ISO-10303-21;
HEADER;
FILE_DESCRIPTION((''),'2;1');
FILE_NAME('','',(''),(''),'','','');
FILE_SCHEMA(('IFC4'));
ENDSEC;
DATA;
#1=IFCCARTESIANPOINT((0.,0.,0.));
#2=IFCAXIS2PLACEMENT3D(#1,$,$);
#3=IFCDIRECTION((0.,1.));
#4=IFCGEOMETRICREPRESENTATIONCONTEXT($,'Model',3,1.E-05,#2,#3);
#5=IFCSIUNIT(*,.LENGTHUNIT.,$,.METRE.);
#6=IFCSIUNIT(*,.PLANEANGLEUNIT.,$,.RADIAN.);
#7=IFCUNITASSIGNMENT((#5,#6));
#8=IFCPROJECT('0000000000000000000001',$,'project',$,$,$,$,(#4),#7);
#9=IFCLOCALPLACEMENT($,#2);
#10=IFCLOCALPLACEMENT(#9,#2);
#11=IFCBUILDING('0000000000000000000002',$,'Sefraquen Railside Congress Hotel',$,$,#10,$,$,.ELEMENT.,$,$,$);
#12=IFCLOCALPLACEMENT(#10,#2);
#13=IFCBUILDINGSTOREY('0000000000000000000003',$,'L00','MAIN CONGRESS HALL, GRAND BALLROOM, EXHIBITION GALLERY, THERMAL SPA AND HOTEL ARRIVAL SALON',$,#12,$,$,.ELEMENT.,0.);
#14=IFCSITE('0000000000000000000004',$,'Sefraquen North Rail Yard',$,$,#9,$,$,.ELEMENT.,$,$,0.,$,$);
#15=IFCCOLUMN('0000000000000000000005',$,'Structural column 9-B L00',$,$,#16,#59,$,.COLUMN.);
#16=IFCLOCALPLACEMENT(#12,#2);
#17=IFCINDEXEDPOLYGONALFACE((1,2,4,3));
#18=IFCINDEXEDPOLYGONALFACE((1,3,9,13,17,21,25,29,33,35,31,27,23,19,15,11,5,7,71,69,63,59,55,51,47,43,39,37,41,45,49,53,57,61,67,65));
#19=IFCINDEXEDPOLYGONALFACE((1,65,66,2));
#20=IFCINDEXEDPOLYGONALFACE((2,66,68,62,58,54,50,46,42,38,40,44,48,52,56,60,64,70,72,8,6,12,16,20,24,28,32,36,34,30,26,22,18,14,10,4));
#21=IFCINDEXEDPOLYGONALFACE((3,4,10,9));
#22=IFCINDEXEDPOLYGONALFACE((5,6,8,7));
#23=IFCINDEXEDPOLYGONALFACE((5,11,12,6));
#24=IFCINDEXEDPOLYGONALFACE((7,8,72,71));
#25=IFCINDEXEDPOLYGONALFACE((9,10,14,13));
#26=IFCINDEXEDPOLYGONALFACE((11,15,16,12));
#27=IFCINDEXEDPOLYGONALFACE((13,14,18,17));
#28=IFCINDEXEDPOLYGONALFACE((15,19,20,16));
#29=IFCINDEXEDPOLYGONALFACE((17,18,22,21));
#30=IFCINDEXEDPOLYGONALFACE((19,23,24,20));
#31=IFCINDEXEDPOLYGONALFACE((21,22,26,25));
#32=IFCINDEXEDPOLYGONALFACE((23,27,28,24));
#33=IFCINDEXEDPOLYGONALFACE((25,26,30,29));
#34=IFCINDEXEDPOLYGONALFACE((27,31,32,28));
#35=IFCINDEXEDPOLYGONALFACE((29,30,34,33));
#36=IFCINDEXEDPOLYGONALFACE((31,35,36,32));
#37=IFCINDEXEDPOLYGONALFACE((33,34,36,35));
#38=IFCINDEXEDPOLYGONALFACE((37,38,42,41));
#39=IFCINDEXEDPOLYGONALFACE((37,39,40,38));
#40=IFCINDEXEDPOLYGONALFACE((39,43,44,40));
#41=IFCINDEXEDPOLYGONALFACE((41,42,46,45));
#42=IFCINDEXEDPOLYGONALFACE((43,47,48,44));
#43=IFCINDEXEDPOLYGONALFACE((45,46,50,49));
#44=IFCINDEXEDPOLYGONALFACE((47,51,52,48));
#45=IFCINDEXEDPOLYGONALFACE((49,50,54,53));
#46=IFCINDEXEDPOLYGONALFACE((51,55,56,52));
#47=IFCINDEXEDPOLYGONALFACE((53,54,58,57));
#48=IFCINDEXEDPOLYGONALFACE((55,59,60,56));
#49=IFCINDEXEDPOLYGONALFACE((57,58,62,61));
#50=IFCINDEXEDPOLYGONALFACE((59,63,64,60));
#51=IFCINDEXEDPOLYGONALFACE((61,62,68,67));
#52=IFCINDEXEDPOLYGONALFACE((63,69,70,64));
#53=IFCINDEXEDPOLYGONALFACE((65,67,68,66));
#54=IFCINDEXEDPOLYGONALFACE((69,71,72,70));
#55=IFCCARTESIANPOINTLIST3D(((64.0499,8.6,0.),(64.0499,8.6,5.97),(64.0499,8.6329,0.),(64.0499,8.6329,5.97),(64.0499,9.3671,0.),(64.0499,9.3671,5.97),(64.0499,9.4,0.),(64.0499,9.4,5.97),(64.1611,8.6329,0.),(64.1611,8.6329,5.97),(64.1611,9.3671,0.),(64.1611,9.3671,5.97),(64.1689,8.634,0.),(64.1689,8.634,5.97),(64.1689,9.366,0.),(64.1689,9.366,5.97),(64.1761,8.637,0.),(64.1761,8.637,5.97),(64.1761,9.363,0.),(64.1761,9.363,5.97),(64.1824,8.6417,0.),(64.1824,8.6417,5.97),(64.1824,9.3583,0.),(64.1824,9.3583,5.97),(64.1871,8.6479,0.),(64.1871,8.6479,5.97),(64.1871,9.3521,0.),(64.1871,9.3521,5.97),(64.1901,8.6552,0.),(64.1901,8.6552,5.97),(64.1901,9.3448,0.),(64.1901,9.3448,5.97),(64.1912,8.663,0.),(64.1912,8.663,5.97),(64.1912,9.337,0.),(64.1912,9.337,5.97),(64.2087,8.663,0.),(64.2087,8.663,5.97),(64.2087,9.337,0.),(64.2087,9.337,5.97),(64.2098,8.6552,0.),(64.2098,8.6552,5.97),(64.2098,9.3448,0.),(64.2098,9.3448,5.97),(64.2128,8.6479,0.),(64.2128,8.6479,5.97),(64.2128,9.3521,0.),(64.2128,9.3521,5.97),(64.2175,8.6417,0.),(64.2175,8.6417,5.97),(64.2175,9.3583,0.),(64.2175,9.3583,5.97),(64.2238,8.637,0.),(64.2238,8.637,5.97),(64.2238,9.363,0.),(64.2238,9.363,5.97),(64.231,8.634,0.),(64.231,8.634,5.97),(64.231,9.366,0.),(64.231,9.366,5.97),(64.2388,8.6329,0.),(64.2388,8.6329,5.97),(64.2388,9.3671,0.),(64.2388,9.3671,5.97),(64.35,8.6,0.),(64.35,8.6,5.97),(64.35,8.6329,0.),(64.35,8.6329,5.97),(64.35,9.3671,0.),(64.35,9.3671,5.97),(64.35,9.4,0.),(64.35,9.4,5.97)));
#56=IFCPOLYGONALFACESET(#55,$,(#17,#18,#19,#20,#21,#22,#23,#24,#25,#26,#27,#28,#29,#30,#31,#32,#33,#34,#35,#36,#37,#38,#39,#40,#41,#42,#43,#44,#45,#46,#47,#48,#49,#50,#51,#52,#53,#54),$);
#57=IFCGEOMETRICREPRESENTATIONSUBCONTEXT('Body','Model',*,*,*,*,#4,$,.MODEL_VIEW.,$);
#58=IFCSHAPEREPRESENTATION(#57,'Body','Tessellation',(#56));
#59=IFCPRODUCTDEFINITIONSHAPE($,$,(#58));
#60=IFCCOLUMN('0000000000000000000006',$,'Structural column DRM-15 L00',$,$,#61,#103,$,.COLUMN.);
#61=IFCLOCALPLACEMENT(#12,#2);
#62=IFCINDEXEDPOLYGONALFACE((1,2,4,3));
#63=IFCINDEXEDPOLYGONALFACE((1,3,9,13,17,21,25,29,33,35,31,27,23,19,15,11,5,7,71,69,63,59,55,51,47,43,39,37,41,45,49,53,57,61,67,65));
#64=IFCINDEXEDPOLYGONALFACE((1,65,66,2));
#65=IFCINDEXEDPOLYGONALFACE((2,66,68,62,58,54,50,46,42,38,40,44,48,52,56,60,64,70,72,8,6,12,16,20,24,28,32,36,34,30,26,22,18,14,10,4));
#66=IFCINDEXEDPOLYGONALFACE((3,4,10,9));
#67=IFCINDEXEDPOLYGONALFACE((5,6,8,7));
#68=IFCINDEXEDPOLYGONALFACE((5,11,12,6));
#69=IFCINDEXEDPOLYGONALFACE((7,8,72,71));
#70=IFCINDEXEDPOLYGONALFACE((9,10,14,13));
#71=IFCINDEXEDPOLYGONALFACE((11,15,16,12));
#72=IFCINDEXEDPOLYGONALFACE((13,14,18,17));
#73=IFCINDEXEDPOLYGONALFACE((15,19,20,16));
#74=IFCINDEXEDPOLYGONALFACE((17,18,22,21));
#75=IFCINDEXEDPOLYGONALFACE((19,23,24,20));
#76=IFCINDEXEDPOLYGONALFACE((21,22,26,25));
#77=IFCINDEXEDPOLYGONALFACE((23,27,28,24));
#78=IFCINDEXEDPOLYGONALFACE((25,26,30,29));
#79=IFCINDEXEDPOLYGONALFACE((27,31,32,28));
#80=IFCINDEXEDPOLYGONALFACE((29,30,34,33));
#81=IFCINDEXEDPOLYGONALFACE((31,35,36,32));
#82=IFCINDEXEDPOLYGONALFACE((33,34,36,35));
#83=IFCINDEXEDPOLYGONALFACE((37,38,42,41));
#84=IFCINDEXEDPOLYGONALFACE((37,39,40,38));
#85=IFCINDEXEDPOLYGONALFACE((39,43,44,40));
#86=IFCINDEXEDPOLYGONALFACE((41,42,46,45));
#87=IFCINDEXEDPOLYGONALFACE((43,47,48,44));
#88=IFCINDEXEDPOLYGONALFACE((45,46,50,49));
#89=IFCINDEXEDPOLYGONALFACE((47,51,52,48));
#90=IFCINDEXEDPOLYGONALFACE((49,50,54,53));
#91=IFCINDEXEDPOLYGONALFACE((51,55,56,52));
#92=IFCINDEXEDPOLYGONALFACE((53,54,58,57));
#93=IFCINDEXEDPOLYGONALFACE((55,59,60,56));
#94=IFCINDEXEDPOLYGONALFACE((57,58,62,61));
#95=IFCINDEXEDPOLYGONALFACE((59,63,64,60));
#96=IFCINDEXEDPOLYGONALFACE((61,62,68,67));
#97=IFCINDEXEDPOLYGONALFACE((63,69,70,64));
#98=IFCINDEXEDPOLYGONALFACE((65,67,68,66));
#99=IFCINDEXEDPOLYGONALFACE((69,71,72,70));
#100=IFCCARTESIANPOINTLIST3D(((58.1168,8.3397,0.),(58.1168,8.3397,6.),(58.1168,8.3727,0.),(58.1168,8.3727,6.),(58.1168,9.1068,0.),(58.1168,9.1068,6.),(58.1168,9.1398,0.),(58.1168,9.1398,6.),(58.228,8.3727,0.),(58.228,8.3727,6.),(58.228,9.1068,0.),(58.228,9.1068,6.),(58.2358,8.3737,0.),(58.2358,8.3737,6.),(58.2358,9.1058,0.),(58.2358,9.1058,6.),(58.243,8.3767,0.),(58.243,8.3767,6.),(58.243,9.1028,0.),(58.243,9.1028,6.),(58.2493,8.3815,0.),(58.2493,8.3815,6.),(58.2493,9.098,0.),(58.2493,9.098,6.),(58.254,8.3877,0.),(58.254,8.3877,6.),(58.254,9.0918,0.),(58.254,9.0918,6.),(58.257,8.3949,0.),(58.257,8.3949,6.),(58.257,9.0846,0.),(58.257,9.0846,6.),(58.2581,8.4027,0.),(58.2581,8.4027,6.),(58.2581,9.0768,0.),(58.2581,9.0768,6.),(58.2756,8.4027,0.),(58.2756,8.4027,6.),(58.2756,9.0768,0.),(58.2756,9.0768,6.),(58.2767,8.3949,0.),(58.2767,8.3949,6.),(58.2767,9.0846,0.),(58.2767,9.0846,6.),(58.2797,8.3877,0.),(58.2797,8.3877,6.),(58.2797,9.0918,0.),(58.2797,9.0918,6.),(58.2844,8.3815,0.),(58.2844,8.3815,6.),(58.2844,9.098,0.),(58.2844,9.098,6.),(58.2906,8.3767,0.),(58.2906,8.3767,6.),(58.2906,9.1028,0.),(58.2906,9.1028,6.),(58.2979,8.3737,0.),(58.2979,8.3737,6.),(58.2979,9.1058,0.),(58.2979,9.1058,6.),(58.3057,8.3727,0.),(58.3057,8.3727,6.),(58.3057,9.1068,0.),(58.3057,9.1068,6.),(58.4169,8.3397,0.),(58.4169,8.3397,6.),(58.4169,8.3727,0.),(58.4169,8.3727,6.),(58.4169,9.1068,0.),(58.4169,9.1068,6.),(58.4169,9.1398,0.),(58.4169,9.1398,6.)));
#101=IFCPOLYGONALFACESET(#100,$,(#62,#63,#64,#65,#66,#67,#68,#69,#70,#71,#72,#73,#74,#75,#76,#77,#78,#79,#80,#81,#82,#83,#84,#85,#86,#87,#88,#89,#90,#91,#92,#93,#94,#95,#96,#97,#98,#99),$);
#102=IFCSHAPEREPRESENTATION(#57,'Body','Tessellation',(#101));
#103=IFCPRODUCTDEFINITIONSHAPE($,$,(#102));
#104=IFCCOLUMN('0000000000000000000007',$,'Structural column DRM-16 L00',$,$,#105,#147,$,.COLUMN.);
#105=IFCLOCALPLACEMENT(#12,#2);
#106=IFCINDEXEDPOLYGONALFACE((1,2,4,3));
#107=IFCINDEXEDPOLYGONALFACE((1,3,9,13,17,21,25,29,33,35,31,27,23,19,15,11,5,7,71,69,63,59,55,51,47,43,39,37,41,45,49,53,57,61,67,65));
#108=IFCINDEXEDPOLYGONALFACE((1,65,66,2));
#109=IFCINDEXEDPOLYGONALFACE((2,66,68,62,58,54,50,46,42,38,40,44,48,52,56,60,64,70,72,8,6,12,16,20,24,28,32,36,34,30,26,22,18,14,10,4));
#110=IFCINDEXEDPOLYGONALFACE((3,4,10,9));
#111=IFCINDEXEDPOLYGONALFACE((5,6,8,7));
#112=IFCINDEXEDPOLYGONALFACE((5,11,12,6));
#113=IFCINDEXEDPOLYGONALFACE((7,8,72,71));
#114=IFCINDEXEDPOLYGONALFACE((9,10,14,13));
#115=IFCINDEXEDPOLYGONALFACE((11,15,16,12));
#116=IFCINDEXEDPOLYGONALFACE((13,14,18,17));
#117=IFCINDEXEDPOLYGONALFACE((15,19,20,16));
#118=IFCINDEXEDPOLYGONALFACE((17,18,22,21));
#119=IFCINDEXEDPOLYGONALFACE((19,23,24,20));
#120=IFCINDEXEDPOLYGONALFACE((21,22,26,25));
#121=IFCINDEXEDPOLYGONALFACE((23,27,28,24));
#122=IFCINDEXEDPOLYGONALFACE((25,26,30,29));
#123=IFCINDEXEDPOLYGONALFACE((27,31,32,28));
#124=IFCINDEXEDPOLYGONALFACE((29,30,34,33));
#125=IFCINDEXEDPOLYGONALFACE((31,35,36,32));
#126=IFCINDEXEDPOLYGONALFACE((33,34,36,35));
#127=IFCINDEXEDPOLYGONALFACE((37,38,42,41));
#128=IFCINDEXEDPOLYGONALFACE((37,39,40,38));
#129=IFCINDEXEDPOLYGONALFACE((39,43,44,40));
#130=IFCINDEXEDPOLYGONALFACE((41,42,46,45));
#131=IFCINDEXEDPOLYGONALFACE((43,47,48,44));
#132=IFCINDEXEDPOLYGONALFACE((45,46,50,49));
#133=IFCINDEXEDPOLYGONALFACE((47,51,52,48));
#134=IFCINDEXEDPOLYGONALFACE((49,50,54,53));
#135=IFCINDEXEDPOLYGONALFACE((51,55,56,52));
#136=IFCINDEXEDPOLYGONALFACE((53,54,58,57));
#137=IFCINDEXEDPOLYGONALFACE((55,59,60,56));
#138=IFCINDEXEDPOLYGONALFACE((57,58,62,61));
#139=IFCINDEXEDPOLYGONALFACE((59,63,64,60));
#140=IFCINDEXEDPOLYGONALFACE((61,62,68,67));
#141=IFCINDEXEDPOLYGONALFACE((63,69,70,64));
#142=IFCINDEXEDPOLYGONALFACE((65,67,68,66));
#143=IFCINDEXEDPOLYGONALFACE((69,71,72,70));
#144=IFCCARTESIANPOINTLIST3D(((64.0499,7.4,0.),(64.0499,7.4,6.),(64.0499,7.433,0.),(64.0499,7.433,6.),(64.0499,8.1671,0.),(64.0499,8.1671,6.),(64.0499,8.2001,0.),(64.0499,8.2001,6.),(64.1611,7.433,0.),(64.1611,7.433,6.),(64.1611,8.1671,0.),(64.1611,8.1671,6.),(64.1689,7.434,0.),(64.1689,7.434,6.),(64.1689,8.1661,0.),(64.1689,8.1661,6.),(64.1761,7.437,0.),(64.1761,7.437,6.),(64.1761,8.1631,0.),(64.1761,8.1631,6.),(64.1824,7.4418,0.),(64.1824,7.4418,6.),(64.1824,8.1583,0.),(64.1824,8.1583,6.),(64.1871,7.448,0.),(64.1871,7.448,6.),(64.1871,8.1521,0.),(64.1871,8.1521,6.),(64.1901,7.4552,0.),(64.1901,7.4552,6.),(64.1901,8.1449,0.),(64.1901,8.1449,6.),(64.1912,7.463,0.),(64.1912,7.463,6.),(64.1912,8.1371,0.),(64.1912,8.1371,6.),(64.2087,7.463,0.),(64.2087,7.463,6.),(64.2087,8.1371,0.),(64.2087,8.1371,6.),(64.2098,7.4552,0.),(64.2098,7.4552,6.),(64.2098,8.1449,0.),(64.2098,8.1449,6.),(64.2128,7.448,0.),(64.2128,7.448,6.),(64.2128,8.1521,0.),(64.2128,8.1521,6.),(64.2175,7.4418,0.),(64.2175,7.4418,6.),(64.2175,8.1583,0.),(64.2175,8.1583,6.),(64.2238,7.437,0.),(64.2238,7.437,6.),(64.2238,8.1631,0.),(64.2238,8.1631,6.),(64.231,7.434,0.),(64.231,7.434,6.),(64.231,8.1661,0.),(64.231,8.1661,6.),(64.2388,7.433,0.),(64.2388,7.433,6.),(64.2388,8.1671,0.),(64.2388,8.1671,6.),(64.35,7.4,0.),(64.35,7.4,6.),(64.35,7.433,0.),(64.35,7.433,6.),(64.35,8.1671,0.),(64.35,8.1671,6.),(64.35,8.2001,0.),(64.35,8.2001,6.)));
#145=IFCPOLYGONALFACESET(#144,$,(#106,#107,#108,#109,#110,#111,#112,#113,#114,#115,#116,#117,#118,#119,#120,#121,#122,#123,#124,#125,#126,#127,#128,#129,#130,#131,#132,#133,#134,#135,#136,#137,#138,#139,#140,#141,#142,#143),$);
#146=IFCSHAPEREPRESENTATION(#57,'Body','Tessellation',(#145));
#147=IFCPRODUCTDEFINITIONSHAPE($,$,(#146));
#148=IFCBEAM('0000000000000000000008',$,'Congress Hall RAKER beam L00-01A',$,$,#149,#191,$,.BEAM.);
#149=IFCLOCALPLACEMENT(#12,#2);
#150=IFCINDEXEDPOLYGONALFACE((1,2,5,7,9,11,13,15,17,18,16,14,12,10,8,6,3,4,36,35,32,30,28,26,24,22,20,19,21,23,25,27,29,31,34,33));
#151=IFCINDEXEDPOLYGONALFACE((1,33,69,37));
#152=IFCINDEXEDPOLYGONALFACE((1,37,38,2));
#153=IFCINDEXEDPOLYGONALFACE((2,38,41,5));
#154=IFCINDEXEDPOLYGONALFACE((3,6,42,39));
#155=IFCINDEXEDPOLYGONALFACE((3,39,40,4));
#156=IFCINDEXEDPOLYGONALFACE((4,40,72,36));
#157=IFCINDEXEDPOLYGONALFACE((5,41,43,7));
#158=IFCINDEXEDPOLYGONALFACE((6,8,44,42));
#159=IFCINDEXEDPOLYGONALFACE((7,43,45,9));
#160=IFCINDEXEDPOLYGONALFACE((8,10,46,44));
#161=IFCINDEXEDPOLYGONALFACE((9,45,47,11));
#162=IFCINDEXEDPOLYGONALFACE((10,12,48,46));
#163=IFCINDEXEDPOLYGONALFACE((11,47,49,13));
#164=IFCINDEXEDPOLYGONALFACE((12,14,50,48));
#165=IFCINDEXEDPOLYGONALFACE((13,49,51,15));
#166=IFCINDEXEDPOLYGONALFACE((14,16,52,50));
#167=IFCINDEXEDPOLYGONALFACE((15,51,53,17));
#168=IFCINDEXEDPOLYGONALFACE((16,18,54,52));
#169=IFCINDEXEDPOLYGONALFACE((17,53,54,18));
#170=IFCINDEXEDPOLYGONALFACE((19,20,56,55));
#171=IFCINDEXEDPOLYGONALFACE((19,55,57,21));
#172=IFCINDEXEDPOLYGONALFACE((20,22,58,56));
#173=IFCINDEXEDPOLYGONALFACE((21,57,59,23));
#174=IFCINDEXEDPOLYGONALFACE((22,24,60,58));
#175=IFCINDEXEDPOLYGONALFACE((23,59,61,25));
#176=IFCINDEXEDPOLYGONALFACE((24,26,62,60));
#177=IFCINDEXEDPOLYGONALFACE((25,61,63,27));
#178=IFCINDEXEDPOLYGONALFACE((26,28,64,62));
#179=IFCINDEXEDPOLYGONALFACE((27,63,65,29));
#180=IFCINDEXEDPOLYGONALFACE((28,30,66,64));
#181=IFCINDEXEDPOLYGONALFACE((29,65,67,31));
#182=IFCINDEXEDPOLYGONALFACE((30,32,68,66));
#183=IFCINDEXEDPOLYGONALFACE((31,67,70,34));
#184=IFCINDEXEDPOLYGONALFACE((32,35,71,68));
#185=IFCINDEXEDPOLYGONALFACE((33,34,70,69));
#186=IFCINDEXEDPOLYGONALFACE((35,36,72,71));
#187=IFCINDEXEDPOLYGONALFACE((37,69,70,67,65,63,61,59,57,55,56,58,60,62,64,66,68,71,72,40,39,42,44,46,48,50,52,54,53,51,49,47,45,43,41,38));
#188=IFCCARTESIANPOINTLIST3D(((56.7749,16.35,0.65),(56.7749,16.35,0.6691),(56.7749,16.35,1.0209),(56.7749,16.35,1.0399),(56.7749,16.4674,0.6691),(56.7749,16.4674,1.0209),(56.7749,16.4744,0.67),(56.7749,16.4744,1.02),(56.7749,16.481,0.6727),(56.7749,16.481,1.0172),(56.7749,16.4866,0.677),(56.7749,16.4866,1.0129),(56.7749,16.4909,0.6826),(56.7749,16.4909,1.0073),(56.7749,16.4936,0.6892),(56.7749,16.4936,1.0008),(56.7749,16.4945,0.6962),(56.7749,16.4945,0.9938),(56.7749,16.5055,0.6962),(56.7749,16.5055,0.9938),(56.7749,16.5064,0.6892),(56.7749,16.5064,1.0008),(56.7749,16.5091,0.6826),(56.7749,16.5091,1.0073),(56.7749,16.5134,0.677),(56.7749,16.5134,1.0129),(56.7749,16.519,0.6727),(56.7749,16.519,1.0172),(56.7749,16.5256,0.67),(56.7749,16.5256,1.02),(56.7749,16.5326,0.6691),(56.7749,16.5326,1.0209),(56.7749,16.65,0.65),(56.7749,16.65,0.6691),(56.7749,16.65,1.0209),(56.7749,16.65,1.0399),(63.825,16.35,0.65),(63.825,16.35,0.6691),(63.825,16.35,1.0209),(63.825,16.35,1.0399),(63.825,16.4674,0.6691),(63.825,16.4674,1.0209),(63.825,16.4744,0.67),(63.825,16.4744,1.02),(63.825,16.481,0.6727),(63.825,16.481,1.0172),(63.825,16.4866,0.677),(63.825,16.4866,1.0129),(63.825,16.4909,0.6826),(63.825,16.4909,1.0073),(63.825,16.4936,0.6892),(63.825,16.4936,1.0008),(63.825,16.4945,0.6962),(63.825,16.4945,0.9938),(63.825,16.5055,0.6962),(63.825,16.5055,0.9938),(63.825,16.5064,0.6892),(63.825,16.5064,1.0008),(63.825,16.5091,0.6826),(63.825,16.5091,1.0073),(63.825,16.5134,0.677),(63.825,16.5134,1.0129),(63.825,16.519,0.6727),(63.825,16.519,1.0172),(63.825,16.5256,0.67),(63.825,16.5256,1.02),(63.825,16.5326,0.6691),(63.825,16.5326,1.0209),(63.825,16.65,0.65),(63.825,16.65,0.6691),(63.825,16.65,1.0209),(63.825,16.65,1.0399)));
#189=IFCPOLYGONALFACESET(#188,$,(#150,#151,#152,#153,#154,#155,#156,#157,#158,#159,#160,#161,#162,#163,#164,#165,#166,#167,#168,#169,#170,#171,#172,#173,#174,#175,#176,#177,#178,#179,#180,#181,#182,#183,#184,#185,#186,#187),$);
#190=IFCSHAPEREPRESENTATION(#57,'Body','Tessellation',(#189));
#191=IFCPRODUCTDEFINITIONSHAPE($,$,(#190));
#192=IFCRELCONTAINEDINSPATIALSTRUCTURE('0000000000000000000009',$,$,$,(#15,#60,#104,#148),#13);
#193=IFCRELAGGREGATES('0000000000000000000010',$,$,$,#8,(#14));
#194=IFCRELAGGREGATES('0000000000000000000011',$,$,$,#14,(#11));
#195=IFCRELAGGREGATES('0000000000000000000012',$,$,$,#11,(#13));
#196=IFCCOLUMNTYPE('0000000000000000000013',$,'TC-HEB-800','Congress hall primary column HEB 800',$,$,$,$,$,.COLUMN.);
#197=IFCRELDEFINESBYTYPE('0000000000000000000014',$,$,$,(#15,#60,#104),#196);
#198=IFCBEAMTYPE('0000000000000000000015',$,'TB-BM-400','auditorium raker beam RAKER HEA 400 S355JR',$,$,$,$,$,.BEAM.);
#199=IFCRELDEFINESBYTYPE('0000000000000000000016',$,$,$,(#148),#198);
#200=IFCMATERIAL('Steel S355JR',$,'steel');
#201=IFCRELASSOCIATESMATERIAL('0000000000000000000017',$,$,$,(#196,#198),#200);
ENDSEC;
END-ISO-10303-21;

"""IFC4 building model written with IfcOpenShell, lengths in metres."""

from ifc_helpers import new_model, si_unit, direction, frame, origin, origin_2d, place, context, subcontext, project, spatial, i_section, extrude, material, material_profile, profile_set, type_object, element, save


model = new_model("IFC4")

# Units and contexts
model_context = context("Model", 3, precision=1e-05, world=origin(), true_north=direction((0.0, 1.0)))
body_context = subcontext(model_context, "Body", "Model", "MODEL_VIEW")
ifc_project = project(units=[si_unit("LENGTHUNIT", "METRE"), si_unit("PLANEANGLEUNIT", "RADIAN")], contexts=[model_context])

# Site, building, storey
site_placement = place(None, origin())
site = spatial("IfcSite", under=ifc_project, at=site_placement, Name="Sefraquen North Rail Yard", CompositionType="ELEMENT", RefElevation=0.0)
building_placement = place(site_placement, origin())
building = spatial("IfcBuilding", under=site, at=building_placement, Name="Sefraquen Railside Congress Hotel", CompositionType="ELEMENT")
storey_placement = place(building_placement, origin())
storey = spatial("IfcBuildingStorey", under=building, at=storey_placement, Name="L00", Description="MAIN CONGRESS HALL, GRAND BALLROOM, EXHIBITION GALLERY, THERMAL SPA AND HOTEL ARRIVAL SALON", CompositionType="ELEMENT", Elevation=0.0)

# Columns
ifc_material_1 = material(Name="Steel S355JR", Category="steel")
ifc_material_profile_1 = material_profile(ifc_material_1, i_section(OverallWidth=0.3, OverallDepth=0.8, WebThickness=0.0176, FlangeThickness=0.033, FilletRadius=0.03, at=origin_2d()), Name="HEB 800")
ifc_profile_set_1 = profile_set([ifc_material_profile_1], Name="Steel S355JR")
column_type = type_object("IfcColumnType", Name="TC-HEB-800", Description="Congress hall primary column HEB 800", PredefinedType="COLUMN", material=ifc_profile_set_1)
column_placement = place(storey_placement, frame((64.2, 9.0, 0.0), z_axis=(0.0, 0.0, 1.0), x_axis=(1.0, 0.0, 0.0)))
element("IfcColumn", 1, at=column_placement, inside=storey, type_object=column_type, Name="Structural column 9-B L00", PredefinedType="COLUMN", context=body_context, shape_type="SweptSolid", body=[
    extrude(i_section(OverallWidth=0.3, OverallDepth=0.8, WebThickness=0.0176, FlangeThickness=0.033, FilletRadius=0.03, at=origin_2d()), origin(), (0.0, 0.0, 1.0), 5.97),
])
for number, where, z_axis, x_axis, name in (
    (2, (58.2668, 8.7397, 0.0), (0.0, 0.0, 1.0), (1.0, 0.0, 0.0), "Structural column DRM-15 L00"),
    (3, (64.2, 7.8, 0.0), (0.0, 0.0, 1.0), (1.0, 0.0, 0.0), "Structural column DRM-16 L00"),
):
    element("IfcColumn", number, at=place(storey_placement, frame(where, z_axis=z_axis, x_axis=x_axis)), inside=storey, type_object=column_type, Name=name, PredefinedType="COLUMN", context=body_context, shape_type="SweptSolid", body=[
        extrude(i_section(OverallWidth=0.3, OverallDepth=0.8, WebThickness=0.0176, FlangeThickness=0.033, FilletRadius=0.03, at=origin_2d()), origin(), (0.0, 0.0, 1.0), 6.0),
    ])

# Beam
ifc_material_profile_2 = material_profile(ifc_material_1, i_section(OverallWidth=0.3, OverallDepth=0.3899, WebThickness=0.011, FlangeThickness=0.019, FilletRadius=0.0271, at=origin_2d()), Name="HEA 400")
ifc_profile_set_2 = profile_set([ifc_material_profile_2], Name="Steel S355JR")
beam_type_1 = type_object("IfcBeamType", Name="TB-BM-400", Description="auditorium raker beam RAKER HEA 400 S355JR", PredefinedType="BEAM", material=ifc_profile_set_2)
beam_placement = place(storey_placement, frame((56.7749, 16.5, 0.845), z_axis=(1.0, 0.0, 0.0), x_axis=(0.0, 1.0, 0.0)))
element("IfcBeam", 4, at=beam_placement, inside=storey, type_object=beam_type_1, Name="Congress Hall RAKER beam L00-01A", PredefinedType="BEAM", context=body_context, shape_type="SweptSolid", body=[
    extrude(i_section(OverallWidth=0.3, OverallDepth=0.3899, WebThickness=0.011, FlangeThickness=0.019, FilletRadius=0.0271, at=origin_2d()), origin(), (0.0, 0.0, 1.0), 7.05),
])

save(model, "model.ifc")
